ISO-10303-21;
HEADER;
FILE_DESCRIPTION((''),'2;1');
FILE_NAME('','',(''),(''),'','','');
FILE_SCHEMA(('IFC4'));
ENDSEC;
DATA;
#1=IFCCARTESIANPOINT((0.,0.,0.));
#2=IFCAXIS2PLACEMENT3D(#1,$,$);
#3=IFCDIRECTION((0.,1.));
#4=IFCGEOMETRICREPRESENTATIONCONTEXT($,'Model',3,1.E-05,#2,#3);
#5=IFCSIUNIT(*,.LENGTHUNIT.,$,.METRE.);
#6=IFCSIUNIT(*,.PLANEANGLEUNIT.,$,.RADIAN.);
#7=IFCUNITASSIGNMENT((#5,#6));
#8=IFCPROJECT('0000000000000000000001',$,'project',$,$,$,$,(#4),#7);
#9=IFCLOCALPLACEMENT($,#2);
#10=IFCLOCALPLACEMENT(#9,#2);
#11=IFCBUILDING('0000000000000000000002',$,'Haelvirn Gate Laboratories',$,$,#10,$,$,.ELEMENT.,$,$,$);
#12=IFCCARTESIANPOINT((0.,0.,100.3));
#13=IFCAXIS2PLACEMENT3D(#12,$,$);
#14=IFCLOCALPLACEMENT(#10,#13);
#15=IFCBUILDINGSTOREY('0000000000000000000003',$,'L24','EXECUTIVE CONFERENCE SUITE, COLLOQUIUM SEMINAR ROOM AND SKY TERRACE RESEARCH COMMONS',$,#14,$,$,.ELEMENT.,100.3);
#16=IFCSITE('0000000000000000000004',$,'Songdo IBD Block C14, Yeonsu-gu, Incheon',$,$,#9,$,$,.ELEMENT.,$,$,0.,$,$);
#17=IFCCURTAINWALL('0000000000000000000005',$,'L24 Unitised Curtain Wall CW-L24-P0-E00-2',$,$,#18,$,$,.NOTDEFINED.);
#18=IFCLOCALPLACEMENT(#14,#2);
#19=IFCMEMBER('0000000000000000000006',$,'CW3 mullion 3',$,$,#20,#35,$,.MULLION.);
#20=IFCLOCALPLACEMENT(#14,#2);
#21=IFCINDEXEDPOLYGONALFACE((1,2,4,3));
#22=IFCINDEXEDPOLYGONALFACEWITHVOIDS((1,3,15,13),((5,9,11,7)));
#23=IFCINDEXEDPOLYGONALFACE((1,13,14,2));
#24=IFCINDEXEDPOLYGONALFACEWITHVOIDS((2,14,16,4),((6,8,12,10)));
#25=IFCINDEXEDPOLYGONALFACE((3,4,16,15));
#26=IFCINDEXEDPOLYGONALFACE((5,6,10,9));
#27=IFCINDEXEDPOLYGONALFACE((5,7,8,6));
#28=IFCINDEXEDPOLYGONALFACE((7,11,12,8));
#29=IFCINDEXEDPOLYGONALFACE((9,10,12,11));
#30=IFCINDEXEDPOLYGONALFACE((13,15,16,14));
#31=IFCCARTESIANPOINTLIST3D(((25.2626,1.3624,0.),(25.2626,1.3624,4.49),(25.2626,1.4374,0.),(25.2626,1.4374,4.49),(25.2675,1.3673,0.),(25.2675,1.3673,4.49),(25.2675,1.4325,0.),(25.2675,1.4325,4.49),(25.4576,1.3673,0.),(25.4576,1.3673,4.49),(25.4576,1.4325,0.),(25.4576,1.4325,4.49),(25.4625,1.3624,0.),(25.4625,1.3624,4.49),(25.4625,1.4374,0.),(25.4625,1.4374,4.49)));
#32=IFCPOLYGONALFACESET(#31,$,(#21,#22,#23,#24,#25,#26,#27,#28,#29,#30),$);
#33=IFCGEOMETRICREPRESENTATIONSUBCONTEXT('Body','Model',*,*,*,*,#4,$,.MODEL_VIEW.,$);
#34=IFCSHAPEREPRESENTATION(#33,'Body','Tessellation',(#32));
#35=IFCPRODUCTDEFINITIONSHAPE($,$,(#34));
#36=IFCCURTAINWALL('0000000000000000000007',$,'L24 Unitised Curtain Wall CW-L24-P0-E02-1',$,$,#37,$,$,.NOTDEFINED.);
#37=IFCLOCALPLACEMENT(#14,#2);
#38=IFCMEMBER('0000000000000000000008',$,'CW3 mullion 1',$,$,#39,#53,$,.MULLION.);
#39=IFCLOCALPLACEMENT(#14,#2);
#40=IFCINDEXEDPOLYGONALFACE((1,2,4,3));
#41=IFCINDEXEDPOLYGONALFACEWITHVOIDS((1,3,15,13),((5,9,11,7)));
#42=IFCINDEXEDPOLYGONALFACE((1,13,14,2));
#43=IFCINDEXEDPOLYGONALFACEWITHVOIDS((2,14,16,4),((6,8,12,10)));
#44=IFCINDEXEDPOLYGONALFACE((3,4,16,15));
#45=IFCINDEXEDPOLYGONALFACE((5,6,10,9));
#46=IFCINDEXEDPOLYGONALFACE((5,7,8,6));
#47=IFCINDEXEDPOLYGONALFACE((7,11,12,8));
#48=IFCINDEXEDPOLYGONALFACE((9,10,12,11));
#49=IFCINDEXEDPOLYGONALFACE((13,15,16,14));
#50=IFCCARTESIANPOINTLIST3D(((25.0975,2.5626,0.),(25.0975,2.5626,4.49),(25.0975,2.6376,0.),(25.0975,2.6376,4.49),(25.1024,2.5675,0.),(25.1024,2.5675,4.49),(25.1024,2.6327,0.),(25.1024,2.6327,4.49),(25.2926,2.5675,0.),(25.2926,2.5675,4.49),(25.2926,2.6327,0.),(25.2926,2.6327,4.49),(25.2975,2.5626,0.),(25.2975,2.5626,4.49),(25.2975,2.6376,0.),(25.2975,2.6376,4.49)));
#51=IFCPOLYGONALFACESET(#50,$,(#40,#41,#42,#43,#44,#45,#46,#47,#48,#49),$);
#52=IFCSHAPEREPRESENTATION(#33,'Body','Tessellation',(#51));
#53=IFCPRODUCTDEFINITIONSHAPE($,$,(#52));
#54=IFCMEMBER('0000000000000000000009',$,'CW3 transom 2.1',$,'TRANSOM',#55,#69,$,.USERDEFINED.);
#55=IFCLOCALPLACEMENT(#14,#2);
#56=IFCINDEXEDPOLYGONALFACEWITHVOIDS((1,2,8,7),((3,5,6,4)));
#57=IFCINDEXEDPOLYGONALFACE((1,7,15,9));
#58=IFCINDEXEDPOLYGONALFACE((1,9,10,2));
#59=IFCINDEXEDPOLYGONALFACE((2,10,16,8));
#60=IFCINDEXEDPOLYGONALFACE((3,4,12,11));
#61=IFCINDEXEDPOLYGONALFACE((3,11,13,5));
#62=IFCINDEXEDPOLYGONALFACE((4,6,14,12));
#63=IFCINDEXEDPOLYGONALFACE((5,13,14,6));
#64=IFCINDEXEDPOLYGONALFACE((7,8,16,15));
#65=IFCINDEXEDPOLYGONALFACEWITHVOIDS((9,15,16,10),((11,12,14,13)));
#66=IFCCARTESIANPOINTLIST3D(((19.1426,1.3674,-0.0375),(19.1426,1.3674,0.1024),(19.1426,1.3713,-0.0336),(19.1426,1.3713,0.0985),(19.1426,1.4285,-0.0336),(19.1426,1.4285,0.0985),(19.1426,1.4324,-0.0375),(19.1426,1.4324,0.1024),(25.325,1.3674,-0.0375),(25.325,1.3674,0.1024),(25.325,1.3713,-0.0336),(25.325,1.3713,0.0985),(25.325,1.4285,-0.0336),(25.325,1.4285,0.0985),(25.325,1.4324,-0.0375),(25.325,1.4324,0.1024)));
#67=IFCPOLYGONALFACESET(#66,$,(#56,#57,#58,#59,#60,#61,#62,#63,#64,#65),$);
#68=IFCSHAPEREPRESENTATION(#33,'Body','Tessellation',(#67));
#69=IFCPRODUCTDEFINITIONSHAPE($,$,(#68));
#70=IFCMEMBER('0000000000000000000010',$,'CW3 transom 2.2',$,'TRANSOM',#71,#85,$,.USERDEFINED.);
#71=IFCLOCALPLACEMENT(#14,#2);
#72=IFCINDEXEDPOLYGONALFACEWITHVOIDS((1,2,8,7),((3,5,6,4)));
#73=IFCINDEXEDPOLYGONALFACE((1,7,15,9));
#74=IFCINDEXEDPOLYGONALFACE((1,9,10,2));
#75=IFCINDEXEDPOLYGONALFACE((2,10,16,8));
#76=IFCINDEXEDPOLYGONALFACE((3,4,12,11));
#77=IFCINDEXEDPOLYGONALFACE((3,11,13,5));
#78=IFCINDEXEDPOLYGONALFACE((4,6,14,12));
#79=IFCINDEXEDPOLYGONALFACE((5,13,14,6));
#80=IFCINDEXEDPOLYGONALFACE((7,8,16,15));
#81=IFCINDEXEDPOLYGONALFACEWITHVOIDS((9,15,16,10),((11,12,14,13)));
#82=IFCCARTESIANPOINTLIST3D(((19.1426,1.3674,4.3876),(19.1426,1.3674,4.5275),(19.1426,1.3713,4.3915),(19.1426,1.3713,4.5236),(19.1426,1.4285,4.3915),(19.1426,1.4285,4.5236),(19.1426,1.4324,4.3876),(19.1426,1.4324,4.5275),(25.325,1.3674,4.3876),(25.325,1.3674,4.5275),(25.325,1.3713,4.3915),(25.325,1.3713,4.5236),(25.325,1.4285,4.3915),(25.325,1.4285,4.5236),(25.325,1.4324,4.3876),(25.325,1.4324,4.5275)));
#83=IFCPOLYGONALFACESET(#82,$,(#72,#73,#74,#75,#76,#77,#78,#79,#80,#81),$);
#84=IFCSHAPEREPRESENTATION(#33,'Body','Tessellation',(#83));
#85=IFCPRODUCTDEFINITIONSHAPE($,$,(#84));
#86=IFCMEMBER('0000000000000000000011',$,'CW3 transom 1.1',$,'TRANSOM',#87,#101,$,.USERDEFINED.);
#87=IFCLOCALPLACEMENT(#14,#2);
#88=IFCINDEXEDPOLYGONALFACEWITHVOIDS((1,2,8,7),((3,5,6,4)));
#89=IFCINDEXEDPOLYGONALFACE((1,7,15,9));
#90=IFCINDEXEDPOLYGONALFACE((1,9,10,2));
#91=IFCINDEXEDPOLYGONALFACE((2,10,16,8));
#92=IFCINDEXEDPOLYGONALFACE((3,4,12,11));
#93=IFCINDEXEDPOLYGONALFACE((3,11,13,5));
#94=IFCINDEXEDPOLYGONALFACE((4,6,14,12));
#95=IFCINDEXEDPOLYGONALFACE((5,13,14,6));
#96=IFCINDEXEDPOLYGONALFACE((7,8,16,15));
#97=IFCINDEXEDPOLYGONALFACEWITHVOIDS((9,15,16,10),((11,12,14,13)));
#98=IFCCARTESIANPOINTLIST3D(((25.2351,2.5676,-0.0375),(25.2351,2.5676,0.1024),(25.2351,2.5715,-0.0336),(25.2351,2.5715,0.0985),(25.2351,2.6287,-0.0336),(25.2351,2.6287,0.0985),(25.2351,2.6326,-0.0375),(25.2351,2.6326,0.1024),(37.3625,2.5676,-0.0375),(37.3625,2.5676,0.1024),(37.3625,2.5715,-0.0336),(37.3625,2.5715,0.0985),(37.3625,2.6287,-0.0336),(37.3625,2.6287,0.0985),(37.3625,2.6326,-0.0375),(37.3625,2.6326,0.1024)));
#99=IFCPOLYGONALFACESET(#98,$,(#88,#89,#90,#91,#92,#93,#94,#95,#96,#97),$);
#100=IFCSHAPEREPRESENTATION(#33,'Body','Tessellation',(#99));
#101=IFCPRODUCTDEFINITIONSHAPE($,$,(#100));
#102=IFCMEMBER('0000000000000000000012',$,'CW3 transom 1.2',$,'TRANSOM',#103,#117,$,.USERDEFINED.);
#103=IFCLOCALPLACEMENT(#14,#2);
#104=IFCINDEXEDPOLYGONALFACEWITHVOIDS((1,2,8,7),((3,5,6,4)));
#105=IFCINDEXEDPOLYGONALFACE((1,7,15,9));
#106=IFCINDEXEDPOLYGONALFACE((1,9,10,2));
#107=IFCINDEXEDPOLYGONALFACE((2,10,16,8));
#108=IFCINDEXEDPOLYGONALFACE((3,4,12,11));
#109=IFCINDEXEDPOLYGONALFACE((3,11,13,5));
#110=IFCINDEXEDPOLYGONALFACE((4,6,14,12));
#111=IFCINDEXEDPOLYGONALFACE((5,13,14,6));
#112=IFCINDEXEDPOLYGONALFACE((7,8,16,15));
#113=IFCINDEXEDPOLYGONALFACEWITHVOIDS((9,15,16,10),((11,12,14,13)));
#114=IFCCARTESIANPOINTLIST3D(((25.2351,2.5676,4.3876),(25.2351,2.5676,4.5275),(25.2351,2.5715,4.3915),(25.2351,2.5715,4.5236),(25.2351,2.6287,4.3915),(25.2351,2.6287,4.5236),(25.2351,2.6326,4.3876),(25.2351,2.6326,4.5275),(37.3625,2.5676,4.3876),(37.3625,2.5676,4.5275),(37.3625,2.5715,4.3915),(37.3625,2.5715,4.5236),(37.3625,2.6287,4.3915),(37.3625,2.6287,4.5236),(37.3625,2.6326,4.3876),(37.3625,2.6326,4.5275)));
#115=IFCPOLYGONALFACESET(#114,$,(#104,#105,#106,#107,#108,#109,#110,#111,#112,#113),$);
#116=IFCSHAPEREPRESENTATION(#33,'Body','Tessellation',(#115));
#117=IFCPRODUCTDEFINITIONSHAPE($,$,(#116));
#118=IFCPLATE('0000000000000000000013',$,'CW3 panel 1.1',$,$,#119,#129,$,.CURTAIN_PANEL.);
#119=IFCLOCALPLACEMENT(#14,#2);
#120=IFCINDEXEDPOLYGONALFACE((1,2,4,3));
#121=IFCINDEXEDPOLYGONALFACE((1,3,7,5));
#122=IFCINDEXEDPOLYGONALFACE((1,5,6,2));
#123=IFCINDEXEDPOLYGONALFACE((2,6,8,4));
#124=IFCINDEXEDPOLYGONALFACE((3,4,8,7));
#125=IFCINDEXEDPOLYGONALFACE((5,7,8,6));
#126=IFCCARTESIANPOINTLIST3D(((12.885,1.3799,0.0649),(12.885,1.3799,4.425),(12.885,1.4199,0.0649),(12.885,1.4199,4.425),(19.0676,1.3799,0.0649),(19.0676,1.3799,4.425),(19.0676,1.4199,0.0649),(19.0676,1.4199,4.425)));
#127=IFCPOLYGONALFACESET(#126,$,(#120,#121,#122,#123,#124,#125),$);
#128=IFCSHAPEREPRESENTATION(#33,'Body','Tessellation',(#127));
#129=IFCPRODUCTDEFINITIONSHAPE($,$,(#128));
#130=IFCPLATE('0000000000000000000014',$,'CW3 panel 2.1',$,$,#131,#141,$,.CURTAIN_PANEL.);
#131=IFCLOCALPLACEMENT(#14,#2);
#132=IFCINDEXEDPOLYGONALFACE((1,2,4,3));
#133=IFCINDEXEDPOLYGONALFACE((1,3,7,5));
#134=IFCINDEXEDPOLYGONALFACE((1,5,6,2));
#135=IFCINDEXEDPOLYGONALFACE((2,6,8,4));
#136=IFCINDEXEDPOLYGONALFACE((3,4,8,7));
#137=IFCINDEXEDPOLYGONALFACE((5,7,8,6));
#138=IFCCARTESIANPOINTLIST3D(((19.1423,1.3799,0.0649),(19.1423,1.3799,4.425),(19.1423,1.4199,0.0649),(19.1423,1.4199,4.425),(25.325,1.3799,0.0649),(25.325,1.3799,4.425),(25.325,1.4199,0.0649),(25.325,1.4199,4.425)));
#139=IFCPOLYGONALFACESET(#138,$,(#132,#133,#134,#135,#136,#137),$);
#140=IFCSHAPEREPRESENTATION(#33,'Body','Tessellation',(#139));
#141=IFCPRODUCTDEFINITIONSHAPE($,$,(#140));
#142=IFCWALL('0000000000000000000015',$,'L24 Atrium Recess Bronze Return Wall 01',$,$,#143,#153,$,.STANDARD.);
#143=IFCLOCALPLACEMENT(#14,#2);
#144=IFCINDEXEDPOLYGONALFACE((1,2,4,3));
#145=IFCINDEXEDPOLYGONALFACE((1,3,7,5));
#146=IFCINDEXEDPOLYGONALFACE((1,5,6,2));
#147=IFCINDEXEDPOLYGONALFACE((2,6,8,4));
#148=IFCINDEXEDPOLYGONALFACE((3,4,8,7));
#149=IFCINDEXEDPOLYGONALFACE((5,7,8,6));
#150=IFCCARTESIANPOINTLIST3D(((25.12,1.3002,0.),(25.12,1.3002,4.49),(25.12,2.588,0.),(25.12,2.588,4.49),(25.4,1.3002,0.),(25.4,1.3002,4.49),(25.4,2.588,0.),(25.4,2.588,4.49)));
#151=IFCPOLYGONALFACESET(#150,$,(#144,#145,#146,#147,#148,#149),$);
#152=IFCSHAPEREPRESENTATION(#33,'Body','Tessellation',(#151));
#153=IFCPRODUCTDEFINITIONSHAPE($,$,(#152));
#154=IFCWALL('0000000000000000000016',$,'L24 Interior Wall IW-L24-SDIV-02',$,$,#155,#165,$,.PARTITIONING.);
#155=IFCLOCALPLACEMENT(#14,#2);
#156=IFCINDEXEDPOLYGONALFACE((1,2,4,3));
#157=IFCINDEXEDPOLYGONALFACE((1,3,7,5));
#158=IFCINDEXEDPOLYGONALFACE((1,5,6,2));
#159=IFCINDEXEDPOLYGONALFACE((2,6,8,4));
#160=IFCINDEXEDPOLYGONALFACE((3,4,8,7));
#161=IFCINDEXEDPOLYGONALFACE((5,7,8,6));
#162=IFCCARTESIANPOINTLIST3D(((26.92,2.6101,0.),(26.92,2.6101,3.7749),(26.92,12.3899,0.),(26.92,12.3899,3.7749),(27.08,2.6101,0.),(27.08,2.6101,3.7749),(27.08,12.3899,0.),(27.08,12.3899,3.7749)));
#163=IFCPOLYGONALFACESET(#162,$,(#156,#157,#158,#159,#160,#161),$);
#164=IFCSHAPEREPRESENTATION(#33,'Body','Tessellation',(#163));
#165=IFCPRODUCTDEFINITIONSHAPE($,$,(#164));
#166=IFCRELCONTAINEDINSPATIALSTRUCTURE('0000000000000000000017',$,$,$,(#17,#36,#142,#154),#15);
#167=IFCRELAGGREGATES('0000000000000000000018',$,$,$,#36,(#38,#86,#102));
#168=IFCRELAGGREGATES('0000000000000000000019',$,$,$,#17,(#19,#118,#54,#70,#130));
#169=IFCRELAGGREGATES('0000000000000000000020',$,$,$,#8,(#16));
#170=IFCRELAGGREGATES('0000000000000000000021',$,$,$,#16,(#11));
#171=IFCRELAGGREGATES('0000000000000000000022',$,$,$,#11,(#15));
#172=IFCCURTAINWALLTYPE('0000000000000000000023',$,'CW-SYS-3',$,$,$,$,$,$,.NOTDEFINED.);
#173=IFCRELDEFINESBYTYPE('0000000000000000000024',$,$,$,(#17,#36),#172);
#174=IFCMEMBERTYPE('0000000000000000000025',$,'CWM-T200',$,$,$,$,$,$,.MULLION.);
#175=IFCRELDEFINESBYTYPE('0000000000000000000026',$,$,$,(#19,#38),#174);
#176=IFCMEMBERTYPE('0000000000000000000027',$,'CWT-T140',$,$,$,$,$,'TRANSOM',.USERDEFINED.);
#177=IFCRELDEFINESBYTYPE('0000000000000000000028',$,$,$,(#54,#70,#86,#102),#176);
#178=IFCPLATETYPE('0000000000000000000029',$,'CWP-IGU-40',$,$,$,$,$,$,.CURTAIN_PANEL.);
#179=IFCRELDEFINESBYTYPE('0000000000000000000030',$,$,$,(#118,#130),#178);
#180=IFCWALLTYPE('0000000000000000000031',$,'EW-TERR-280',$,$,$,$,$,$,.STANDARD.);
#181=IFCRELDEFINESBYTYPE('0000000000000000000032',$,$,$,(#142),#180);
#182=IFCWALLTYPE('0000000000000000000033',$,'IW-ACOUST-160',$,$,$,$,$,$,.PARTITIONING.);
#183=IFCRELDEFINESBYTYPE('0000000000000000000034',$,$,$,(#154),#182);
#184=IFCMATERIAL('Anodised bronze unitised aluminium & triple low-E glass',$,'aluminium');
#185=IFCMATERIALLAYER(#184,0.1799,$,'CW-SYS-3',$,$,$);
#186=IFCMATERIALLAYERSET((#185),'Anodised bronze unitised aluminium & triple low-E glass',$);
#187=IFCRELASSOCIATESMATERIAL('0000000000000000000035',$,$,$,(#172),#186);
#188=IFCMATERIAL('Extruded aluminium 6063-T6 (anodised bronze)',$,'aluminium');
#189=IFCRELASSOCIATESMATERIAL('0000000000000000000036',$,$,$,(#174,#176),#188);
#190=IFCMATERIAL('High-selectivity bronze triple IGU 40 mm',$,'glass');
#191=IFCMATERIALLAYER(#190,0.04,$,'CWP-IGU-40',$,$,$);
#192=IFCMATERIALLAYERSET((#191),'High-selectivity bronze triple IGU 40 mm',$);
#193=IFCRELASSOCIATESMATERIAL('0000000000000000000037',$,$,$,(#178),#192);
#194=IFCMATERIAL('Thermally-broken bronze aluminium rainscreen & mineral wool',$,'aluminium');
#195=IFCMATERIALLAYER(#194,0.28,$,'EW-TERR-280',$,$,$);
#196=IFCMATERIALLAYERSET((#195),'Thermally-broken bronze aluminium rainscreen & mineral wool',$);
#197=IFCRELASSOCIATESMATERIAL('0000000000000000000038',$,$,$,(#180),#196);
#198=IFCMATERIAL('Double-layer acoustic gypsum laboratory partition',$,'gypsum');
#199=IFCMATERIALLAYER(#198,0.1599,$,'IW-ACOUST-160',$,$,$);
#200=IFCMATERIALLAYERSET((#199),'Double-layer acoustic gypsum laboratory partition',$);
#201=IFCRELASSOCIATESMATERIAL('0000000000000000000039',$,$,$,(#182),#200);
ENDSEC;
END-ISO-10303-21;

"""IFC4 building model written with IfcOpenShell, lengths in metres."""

from ifc_helpers import new_model, si_unit, direction, frame, frame_2d, origin, origin_2d, place, context, subcontext, project, spatial, rectangle, hollow_rectangle, extrude, source, transform, mapped, material, layer, layer_set, material_profile, profile_set, type_object, type_shapes, element, aggregate, save


model = new_model("IFC4")

# Units and contexts
model_context = context("Model", 3, precision=1e-05, world=origin(), true_north=direction((0.0, 1.0)))
body_context = subcontext(model_context, "Body", "Model", "MODEL_VIEW")
ifc_project = project(units=[si_unit("LENGTHUNIT", "METRE"), si_unit("PLANEANGLEUNIT", "RADIAN")], contexts=[model_context])

# Site, building, storey
site_placement = place(None, origin())
site = spatial("IfcSite", under=ifc_project, at=site_placement, Name="Songdo IBD Block C14, Yeonsu-gu, Incheon", CompositionType="ELEMENT", RefElevation=0.0)
building_placement = place(site_placement, origin())
building = spatial("IfcBuilding", under=site, at=building_placement, Name="Haelvirn Gate Laboratories", CompositionType="ELEMENT")
storey_placement = place(building_placement, frame((0.0, 0.0, 100.3)))
storey = spatial("IfcBuildingStorey", under=building, at=storey_placement, Name="L24", Description="EXECUTIVE CONFERENCE SUITE, COLLOQUIUM SEMINAR ROOM AND SKY TERRACE RESEARCH COMMONS", CompositionType="ELEMENT", Elevation=100.3)

# Curtain wall, member
ifc_material_1 = material(Name="Anodised bronze unitised aluminium & triple low-E glass", Category="aluminium")
ifc_layer_1 = layer(ifc_material_1, 0.1799, Name="CW-SYS-3")
ifc_layer_set_1 = layer_set([ifc_layer_1], Name="Anodised bronze unitised aluminium & triple low-E glass")
curtain_wall_type = type_object("IfcCurtainWallType", Name="CW-SYS-3", PredefinedType="NOTDEFINED", material=ifc_layer_set_1)
curtain_wall_1_placement = place(storey_placement, origin())
curtain_wall_1 = element("IfcCurtainWall", 1, at=curtain_wall_1_placement, inside=storey, type_object=curtain_wall_type, Name="L24 Unitised Curtain Wall CW-L24-P0-E00-2", PredefinedType="NOTDEFINED")
ifc_material_2 = material(Name="Extruded aluminium 6063-T6 (anodised bronze)", Category="aluminium")
ifc_material_profile_1 = material_profile(ifc_material_2, hollow_rectangle(XDim=0.075, YDim=0.2, WallThickness=0.0049, at=origin_2d()), Name="CWM-200x75x5")
ifc_profile_set_1 = profile_set([ifc_material_profile_1], Name="Extruded aluminium 6063-T6 (anodised bronze)")
member_type_1 = type_object("IfcMemberType", Name="CWM-T200", PredefinedType="MULLION", material=ifc_profile_set_1)
shared_shape_1 = source(origin(), body_context, "Body", "SweptSolid", [
    extrude(hollow_rectangle(XDim=0.075, YDim=0.2, WallThickness=0.0049, at=origin_2d()), origin(), (0.0, 0.0, 1.0), 4.49),
])
type_shapes(member_type_1, [shared_shape_1])
member_1_placement = place(storey_placement, frame((25.3625, 1.3999, 0.0), z_axis=(0.0, 0.0, 1.0), x_axis=(0.0, 1.0, 0.0)))
member_1 = element("IfcMember", 2, at=member_1_placement, type_object=member_type_1, Name="CW3 mullion 3", PredefinedType="MULLION", context=body_context, shape_type="MappedRepresentation", body=[
    mapped(shared_shape_1, transform((0.0, 0.0, 0.0), scale=1.0)),
])

# Curtain wall, member
curtain_wall_2_placement = place(storey_placement, origin())
curtain_wall_2 = element("IfcCurtainWall", 3, at=curtain_wall_2_placement, inside=storey, type_object=curtain_wall_type, Name="L24 Unitised Curtain Wall CW-L24-P0-E02-1", PredefinedType="NOTDEFINED")
member_2_placement = place(storey_placement, frame((25.1975, 2.6001, 0.0), z_axis=(0.0, 0.0, 1.0), x_axis=(0.0, 1.0, 0.0)))
member_2 = element("IfcMember", 4, at=member_2_placement, type_object=member_type_1, Name="CW3 mullion 1", PredefinedType="MULLION", context=body_context, shape_type="MappedRepresentation", body=[
    mapped(shared_shape_1, transform((0.0, 0.0, 0.0), scale=1.0)),
])

# Members
ifc_material_profile_2 = material_profile(ifc_material_2, hollow_rectangle(XDim=0.0649, YDim=0.1399, WallThickness=0.0039, at=origin_2d()), Name="CWT-140x65x4")
ifc_profile_set_2 = profile_set([ifc_material_profile_2], Name="Extruded aluminium 6063-T6 (anodised bronze)")
member_type_2 = type_object("IfcMemberType", Name="CWT-T140", ElementType="TRANSOM", PredefinedType="USERDEFINED", material=ifc_profile_set_2)
shared_shape_2 = source(origin(), body_context, "Body", "SweptSolid", [
    extrude(hollow_rectangle(XDim=0.0649, YDim=0.1399, WallThickness=0.0039, at=origin_2d()), origin(), (0.0, 0.0, 1.0), 6.1824),
])
member_3_placement = place(storey_placement, frame((19.1426, 1.3999, 0.0325), z_axis=(1.0, 0.0, 0.0), x_axis=(0.0, 1.0, 0.0)))
member_3 = element("IfcMember", 5, at=member_3_placement, type_object=member_type_2, Name="CW3 transom 2.1", ObjectType="TRANSOM", PredefinedType="USERDEFINED", context=body_context, shape_type="MappedRepresentation", body=[
    mapped(shared_shape_2, transform((0.0, 0.0, 0.0), scale=1.0)),
])
member_4_placement = place(storey_placement, frame((19.1426, 1.3999, 4.4575), z_axis=(1.0, 0.0, 0.0), x_axis=(0.0, 1.0, 0.0)))
member_4 = element("IfcMember", 6, at=member_4_placement, type_object=member_type_2, Name="CW3 transom 2.2", ObjectType="TRANSOM", PredefinedType="USERDEFINED", context=body_context, shape_type="MappedRepresentation", body=[
    mapped(shared_shape_2, transform((0.0, 0.0, 0.0), scale=1.0)),
])
shared_shape_3 = source(origin(), body_context, "Body", "SweptSolid", [
    extrude(hollow_rectangle(XDim=0.0649, YDim=0.1399, WallThickness=0.0039, at=origin_2d()), origin(), (0.0, 0.0, 1.0), 12.1274),
])
type_shapes(member_type_2, [shared_shape_2, shared_shape_3])
member_5_placement = place(storey_placement, frame((25.2351, 2.6001, 0.0325), z_axis=(1.0, 0.0, 0.0), x_axis=(0.0, 1.0, 0.0)))
member_5 = element("IfcMember", 7, at=member_5_placement, type_object=member_type_2, Name="CW3 transom 1.1", ObjectType="TRANSOM", PredefinedType="USERDEFINED", context=body_context, shape_type="MappedRepresentation", body=[
    mapped(shared_shape_3, transform((0.0, 0.0, 0.0), scale=1.0)),
])
member_6_placement = place(storey_placement, frame((25.2351, 2.6001, 4.4575), z_axis=(1.0, 0.0, 0.0), x_axis=(0.0, 1.0, 0.0)))
member_6 = element("IfcMember", 8, at=member_6_placement, type_object=member_type_2, Name="CW3 transom 1.2", ObjectType="TRANSOM", PredefinedType="USERDEFINED", context=body_context, shape_type="MappedRepresentation", body=[
    mapped(shared_shape_3, transform((0.0, 0.0, 0.0), scale=1.0)),
])
aggregate(curtain_wall_2, [member_2, member_5, member_6])

# Plates
ifc_material_3 = material(Name="High-selectivity bronze triple IGU 40 mm", Category="glass")
ifc_layer_2 = layer(ifc_material_3, 0.04, Name="CWP-IGU-40")
ifc_layer_set_2 = layer_set([ifc_layer_2], Name="High-selectivity bronze triple IGU 40 mm")
plate_type = type_object("IfcPlateType", Name="CWP-IGU-40", PredefinedType="CURTAIN_PANEL", material=ifc_layer_set_2)
shared_shape_4 = source(origin(), body_context, "Body", "SweptSolid", [
    extrude(rectangle(XDim=6.1826, YDim=0.04, at=origin_2d()), origin(), (0.0, 0.0, 1.0), 4.3601),
])
type_shapes(plate_type, [shared_shape_4])
plate_1_placement = place(storey_placement, frame((15.9763, 1.3999, 0.0649), z_axis=(0.0, 0.0, 1.0), x_axis=(1.0, 0.0, 0.0)))
plate_1 = element("IfcPlate", 9, at=plate_1_placement, type_object=plate_type, Name="CW3 panel 1.1", PredefinedType="CURTAIN_PANEL", context=body_context, shape_type="MappedRepresentation", body=[
    mapped(shared_shape_4, transform((0.0, 0.0, 0.0), scale=1.0)),
])
plate_2_placement = place(storey_placement, frame((22.2336, 1.3999, 0.0649), z_axis=(0.0, 0.0, 1.0), x_axis=(1.0, 0.0, 0.0)))
plate_2 = element("IfcPlate", 10, at=plate_2_placement, type_object=plate_type, Name="CW3 panel 2.1", PredefinedType="CURTAIN_PANEL", context=body_context, shape_type="MappedRepresentation", body=[
    mapped(shared_shape_4, transform((0.0, 0.0, 0.0), scale=1.0)),
])
aggregate(curtain_wall_1, [member_1, plate_1, member_3, member_4, plate_2])

# Walls
ifc_material_4 = material(Name="Thermally-broken bronze aluminium rainscreen & mineral wool", Category="aluminium")
ifc_layer_3 = layer(ifc_material_4, 0.28, Name="EW-TERR-280")
ifc_layer_set_3 = layer_set([ifc_layer_3], Name="Thermally-broken bronze aluminium rainscreen & mineral wool")
wall_type_1 = type_object("IfcWallType", Name="EW-TERR-280", PredefinedType="STANDARD", material=ifc_layer_set_3)
wall_1_placement = place(storey_placement, frame((25.26, 1.3, 0.0), z_axis=(0.0, 0.0, 1.0), x_axis=(0.0, 1.0, 0.0)))
element("IfcWall", 11, at=wall_1_placement, inside=storey, type_object=wall_type_1, Name="L24 Atrium Recess Bronze Return Wall 01", PredefinedType="STANDARD", context=body_context, shape_type="SweptSolid", body=[
    extrude(rectangle(XDim=1.2878, YDim=0.28, at=frame_2d((0.644, 0.0))), origin(), (0.0, 0.0, 1.0), 4.49),
])
ifc_material_5 = material(Name="Double-layer acoustic gypsum laboratory partition", Category="gypsum")
ifc_layer_4 = layer(ifc_material_5, 0.1599, Name="IW-ACOUST-160")
ifc_layer_set_4 = layer_set([ifc_layer_4], Name="Double-layer acoustic gypsum laboratory partition")
wall_type_2 = type_object("IfcWallType", Name="IW-ACOUST-160", PredefinedType="PARTITIONING", material=ifc_layer_set_4)
wall_2_placement = place(storey_placement, frame((27.0, 2.6101, 0.0), z_axis=(0.0, 0.0, 1.0), x_axis=(0.0, 1.0, 0.0)))
element("IfcWall", 12, at=wall_2_placement, inside=storey, type_object=wall_type_2, Name="L24 Interior Wall IW-L24-SDIV-02", PredefinedType="PARTITIONING", context=body_context, shape_type="SweptSolid", body=[
    extrude(rectangle(XDim=9.7798, YDim=0.1599, at=frame_2d((4.8899, 0.0))), origin(), (0.0, 0.0, 1.0), 3.7749),
])

save(model, "model.ifc")
